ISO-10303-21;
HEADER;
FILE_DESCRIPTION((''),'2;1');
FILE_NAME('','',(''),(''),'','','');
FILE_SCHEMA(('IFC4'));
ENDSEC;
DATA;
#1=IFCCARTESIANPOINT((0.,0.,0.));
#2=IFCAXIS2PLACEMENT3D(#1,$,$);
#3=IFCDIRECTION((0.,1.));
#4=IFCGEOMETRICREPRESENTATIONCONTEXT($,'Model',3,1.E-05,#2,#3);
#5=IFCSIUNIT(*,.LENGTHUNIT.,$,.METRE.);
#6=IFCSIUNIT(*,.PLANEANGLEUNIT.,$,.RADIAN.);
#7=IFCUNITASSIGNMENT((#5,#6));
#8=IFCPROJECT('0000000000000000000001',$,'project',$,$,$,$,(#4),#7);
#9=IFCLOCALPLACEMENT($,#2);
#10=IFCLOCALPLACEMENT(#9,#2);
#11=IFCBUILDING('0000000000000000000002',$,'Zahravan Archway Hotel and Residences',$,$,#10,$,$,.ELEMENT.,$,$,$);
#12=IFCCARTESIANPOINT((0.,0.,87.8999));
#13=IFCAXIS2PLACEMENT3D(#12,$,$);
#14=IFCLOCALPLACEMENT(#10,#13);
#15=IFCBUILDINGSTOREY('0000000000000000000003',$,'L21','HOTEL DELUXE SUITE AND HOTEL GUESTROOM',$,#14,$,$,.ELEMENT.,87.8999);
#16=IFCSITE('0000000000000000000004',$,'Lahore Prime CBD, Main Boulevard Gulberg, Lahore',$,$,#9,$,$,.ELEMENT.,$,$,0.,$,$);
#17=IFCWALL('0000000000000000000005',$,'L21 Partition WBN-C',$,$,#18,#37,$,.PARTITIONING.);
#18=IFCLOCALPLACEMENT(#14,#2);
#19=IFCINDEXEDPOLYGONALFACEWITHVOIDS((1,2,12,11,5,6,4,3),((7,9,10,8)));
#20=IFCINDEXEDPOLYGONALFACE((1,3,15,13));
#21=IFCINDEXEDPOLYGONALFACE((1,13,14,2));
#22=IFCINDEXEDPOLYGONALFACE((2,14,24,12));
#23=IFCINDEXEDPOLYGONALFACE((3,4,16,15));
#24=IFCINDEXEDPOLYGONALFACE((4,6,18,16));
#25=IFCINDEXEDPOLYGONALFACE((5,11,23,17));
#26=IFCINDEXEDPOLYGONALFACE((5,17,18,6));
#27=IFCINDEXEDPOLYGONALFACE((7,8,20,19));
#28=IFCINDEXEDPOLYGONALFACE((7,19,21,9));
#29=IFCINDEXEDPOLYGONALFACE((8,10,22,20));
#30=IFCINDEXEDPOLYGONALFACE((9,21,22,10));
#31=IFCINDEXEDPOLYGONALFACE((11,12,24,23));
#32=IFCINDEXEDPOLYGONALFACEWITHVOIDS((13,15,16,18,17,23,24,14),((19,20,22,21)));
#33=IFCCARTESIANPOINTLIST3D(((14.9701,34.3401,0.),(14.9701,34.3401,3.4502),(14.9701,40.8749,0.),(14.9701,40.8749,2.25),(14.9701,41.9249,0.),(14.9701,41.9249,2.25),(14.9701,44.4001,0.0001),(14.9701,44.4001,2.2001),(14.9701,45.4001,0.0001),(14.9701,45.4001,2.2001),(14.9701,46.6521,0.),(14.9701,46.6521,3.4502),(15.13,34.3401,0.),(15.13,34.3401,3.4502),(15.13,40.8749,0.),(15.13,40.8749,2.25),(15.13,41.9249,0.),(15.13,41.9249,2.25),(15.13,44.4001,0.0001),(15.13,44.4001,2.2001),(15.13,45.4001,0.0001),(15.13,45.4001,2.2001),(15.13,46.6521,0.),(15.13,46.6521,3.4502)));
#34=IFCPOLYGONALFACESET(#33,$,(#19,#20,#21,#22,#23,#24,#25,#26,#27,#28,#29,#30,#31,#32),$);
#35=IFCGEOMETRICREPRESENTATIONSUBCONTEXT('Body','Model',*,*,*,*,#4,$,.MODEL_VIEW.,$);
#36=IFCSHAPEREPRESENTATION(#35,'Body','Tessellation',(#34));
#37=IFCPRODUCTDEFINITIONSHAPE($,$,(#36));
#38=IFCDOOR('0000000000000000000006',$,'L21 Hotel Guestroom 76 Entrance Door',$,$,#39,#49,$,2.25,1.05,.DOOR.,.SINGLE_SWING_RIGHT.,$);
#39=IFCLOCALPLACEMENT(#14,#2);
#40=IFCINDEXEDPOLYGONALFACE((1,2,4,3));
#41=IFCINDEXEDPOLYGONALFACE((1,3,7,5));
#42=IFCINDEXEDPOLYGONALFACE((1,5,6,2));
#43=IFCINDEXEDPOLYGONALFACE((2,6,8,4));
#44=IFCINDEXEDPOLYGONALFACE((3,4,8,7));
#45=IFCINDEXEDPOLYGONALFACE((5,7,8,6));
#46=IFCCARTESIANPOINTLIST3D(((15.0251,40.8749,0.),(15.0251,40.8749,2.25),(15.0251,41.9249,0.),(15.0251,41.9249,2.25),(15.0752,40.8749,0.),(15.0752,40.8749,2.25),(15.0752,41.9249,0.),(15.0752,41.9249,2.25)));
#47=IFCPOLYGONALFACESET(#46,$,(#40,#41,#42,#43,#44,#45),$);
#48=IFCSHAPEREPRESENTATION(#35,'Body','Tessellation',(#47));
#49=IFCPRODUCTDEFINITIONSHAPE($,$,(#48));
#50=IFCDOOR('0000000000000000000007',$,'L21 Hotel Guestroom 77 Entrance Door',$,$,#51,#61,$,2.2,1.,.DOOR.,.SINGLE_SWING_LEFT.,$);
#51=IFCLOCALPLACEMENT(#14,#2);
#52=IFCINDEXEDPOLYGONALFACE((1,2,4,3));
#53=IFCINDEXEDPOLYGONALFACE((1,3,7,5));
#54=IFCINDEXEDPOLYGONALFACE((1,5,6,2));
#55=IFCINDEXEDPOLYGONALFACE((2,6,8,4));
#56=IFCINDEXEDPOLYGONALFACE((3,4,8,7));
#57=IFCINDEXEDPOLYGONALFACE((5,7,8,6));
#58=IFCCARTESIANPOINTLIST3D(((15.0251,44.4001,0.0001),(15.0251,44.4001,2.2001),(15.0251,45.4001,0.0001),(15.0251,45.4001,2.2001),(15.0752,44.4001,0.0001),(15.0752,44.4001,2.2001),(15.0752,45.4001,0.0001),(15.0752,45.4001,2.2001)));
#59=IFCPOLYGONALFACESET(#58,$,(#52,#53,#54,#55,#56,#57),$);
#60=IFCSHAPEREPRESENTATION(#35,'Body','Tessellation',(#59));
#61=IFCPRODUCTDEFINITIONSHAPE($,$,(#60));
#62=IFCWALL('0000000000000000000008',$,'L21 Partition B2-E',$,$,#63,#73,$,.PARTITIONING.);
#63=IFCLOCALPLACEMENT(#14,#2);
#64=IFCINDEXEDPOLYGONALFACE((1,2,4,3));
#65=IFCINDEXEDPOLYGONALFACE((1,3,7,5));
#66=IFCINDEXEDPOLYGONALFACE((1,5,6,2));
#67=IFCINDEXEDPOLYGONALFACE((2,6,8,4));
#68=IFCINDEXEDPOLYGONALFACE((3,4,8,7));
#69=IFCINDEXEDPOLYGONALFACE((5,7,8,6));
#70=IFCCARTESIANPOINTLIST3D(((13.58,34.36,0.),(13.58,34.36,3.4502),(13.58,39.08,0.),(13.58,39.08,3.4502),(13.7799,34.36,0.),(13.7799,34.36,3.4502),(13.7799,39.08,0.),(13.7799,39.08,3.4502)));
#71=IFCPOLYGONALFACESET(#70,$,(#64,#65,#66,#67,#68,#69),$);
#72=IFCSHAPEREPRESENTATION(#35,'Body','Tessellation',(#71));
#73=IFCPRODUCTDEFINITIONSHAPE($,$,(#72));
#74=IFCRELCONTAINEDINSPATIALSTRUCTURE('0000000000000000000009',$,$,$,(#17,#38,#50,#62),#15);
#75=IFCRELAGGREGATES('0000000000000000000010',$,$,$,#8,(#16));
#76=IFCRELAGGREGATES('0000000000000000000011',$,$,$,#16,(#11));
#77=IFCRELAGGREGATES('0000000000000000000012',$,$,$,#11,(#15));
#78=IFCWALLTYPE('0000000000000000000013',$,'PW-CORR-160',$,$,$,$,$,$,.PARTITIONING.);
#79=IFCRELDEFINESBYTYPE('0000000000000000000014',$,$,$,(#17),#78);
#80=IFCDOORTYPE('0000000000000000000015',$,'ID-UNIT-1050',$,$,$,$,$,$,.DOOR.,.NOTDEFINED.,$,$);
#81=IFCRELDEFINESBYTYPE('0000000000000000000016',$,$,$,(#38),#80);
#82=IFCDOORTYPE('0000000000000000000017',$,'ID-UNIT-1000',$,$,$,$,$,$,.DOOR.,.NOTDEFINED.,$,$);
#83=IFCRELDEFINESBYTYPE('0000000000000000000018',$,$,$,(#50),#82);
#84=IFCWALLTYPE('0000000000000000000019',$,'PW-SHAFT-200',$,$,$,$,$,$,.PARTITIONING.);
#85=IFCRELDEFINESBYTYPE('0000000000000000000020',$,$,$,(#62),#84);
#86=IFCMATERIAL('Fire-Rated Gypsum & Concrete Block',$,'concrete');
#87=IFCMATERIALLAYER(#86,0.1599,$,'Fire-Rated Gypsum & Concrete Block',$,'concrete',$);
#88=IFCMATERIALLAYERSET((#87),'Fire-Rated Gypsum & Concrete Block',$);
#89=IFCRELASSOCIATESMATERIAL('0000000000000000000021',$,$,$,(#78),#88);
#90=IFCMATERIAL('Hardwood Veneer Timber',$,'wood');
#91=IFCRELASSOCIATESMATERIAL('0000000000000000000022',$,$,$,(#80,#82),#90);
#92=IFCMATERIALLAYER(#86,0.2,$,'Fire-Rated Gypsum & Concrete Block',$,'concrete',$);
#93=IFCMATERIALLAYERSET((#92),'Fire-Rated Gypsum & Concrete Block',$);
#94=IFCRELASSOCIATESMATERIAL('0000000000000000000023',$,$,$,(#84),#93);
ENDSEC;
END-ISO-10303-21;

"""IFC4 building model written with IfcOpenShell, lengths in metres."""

from ifc_helpers import new_model, si_unit, direction, frame, frame_2d, origin, place, context, subcontext, project, spatial, rectangle, extrude, source, transform, mapped, material, layer, layer_set, type_object, type_shapes, element, fill, save


model = new_model("IFC4")

# Units and contexts
model_context = context("Model", 3, precision=1e-05, world=origin(), true_north=direction((0.0, 1.0)))
body_context = subcontext(model_context, "Body", "Model", "MODEL_VIEW")
ifc_project = project(units=[si_unit("LENGTHUNIT", "METRE"), si_unit("PLANEANGLEUNIT", "RADIAN")], contexts=[model_context])

# Site, building, storey
site_placement = place(None, origin())
site = spatial("IfcSite", under=ifc_project, at=site_placement, Name="Lahore Prime CBD, Main Boulevard Gulberg, Lahore", CompositionType="ELEMENT", RefElevation=0.0)
building_placement = place(site_placement, origin())
building = spatial("IfcBuilding", under=site, at=building_placement, Name="Zahravan Archway Hotel and Residences", CompositionType="ELEMENT")
storey_placement = place(building_placement, frame((0.0, 0.0, 87.8999)))
storey = spatial("IfcBuildingStorey", under=building, at=storey_placement, Name="L21", Description="HOTEL DELUXE SUITE AND HOTEL GUESTROOM", CompositionType="ELEMENT", Elevation=87.8999)

# Wall, openings, doors
ifc_material_1 = material(Name="Fire-Rated Gypsum & Concrete Block", Category="concrete")
ifc_layer_1 = layer(ifc_material_1, 0.1599, Name="Fire-Rated Gypsum & Concrete Block", Category="concrete")
ifc_layer_set_1 = layer_set([ifc_layer_1], Name="Fire-Rated Gypsum & Concrete Block")
wall_type_1 = type_object("IfcWallType", Name="PW-CORR-160", PredefinedType="PARTITIONING", material=ifc_layer_set_1)
wall_1_placement = place(storey_placement, frame((15.05, 34.3401, 0.0), z_axis=(0.0, 0.0, 1.0), x_axis=(0.0, 1.0, 0.0)))
wall_1 = element("IfcWall", 1, at=wall_1_placement, inside=storey, type_object=wall_type_1, Name="L21 Partition WBN-C", PredefinedType="PARTITIONING", context=body_context, shape_type="SweptSolid", body=[
    extrude(rectangle(XDim=12.312, YDim=0.1599, at=frame_2d((6.156, 0.0))), origin(), (0.0, 0.0, 1.0), 3.4502),
])
opening_1_placement = place(wall_1_placement, frame((6.5349, 0.0, 0.0)))
opening_1 = element("IfcOpeningElement", 2, at=opening_1_placement, cuts=wall_1, PredefinedType="OPENING", context=body_context, shape_type="SweptSolid", body=[
    extrude(rectangle(XDim=1.05, YDim=2.25, at=frame_2d((0.5249, 1.125))), frame((0.0, 0.0898, 0.0), z_axis=(0.0, -1.0, 0.0), x_axis=(1.0, 0.0, 0.0)), (0.0, 0.0, 1.0), 0.1799),
])
opening_2_placement = place(wall_1_placement, frame((10.0601, 0.0, 0.0)))
opening_2 = element("IfcOpeningElement", 3, at=opening_2_placement, cuts=wall_1, PredefinedType="OPENING", context=body_context, shape_type="SweptSolid", body=[
    extrude(rectangle(XDim=1.0, YDim=2.2, at=frame_2d((0.5, 1.1001))), frame((0.0, 0.0898, 0.0), z_axis=(0.0, -1.0, 0.0), x_axis=(1.0, 0.0, 0.0)), (0.0, 0.0, 1.0), 0.1799),
])
ifc_material_2 = material(Name="Hardwood Veneer Timber", Category="wood")
door_type_1 = type_object("IfcDoorType", Name="ID-UNIT-1050", OperationType="NOTDEFINED", PredefinedType="DOOR", material=ifc_material_2)
shared_shape_1 = source(origin(), body_context, "Body", "SweptSolid", [
    extrude(rectangle(XDim=1.05, YDim=2.25, at=frame_2d((0.5249, 1.125))), frame((0.0, 0.0249, 0.0), z_axis=(0.0, -1.0, 0.0), x_axis=(1.0, 0.0, 0.0)), (0.0, 0.0, 1.0), 0.05),
])
type_shapes(door_type_1, [shared_shape_1])
door_1_placement = place(opening_1_placement, origin())
door_1 = element("IfcDoor", 4, at=door_1_placement, inside=storey, type_object=door_type_1, Name="L21 Hotel Guestroom 76 Entrance Door", OperationType="SINGLE_SWING_RIGHT", OverallHeight=2.25, OverallWidth=1.05, PredefinedType="DOOR", context=body_context, shape_type="MappedRepresentation", body=[
    mapped(shared_shape_1, transform((0.0, 0.0, 0.0), scale=1.0)),
])
fill(opening_1, door_1)
door_type_2 = type_object("IfcDoorType", Name="ID-UNIT-1000", OperationType="NOTDEFINED", PredefinedType="DOOR", material=ifc_material_2)
shared_shape_2 = source(origin(), body_context, "Body", "SweptSolid", [
    extrude(rectangle(XDim=1.0, YDim=2.2, at=frame_2d((0.5, 1.1001))), frame((0.0, 0.0249, 0.0), z_axis=(0.0, -1.0, 0.0), x_axis=(1.0, 0.0, 0.0)), (0.0, 0.0, 1.0), 0.05),
])
type_shapes(door_type_2, [shared_shape_2])
door_2_placement = place(opening_2_placement, origin())
door_2 = element("IfcDoor", 5, at=door_2_placement, inside=storey, type_object=door_type_2, Name="L21 Hotel Guestroom 77 Entrance Door", OperationType="SINGLE_SWING_LEFT", OverallHeight=2.2, OverallWidth=1.0, PredefinedType="DOOR", context=body_context, shape_type="MappedRepresentation", body=[
    mapped(shared_shape_2, transform((0.0, 0.0, 0.0), scale=1.0)),
])
fill(opening_2, door_2)

# Wall
ifc_layer_2 = layer(ifc_material_1, 0.2, Name="Fire-Rated Gypsum & Concrete Block", Category="concrete")
ifc_layer_set_2 = layer_set([ifc_layer_2], Name="Fire-Rated Gypsum & Concrete Block")
wall_type_2 = type_object("IfcWallType", Name="PW-SHAFT-200", PredefinedType="PARTITIONING", material=ifc_layer_set_2)
wall_2_placement = place(storey_placement, frame((13.6799, 34.3601, 0.0), z_axis=(0.0, 0.0, 1.0), x_axis=(0.0, 1.0, 0.0)))
element("IfcWall", 6, at=wall_2_placement, inside=storey, type_object=wall_type_2, Name="L21 Partition B2-E", PredefinedType="PARTITIONING", context=body_context, shape_type="SweptSolid", body=[
    extrude(rectangle(XDim=4.72, YDim=0.2, at=frame_2d((2.3599, 0.0))), origin(), (0.0, 0.0, 1.0), 3.4502),
])

save(model, "model.ifc")
